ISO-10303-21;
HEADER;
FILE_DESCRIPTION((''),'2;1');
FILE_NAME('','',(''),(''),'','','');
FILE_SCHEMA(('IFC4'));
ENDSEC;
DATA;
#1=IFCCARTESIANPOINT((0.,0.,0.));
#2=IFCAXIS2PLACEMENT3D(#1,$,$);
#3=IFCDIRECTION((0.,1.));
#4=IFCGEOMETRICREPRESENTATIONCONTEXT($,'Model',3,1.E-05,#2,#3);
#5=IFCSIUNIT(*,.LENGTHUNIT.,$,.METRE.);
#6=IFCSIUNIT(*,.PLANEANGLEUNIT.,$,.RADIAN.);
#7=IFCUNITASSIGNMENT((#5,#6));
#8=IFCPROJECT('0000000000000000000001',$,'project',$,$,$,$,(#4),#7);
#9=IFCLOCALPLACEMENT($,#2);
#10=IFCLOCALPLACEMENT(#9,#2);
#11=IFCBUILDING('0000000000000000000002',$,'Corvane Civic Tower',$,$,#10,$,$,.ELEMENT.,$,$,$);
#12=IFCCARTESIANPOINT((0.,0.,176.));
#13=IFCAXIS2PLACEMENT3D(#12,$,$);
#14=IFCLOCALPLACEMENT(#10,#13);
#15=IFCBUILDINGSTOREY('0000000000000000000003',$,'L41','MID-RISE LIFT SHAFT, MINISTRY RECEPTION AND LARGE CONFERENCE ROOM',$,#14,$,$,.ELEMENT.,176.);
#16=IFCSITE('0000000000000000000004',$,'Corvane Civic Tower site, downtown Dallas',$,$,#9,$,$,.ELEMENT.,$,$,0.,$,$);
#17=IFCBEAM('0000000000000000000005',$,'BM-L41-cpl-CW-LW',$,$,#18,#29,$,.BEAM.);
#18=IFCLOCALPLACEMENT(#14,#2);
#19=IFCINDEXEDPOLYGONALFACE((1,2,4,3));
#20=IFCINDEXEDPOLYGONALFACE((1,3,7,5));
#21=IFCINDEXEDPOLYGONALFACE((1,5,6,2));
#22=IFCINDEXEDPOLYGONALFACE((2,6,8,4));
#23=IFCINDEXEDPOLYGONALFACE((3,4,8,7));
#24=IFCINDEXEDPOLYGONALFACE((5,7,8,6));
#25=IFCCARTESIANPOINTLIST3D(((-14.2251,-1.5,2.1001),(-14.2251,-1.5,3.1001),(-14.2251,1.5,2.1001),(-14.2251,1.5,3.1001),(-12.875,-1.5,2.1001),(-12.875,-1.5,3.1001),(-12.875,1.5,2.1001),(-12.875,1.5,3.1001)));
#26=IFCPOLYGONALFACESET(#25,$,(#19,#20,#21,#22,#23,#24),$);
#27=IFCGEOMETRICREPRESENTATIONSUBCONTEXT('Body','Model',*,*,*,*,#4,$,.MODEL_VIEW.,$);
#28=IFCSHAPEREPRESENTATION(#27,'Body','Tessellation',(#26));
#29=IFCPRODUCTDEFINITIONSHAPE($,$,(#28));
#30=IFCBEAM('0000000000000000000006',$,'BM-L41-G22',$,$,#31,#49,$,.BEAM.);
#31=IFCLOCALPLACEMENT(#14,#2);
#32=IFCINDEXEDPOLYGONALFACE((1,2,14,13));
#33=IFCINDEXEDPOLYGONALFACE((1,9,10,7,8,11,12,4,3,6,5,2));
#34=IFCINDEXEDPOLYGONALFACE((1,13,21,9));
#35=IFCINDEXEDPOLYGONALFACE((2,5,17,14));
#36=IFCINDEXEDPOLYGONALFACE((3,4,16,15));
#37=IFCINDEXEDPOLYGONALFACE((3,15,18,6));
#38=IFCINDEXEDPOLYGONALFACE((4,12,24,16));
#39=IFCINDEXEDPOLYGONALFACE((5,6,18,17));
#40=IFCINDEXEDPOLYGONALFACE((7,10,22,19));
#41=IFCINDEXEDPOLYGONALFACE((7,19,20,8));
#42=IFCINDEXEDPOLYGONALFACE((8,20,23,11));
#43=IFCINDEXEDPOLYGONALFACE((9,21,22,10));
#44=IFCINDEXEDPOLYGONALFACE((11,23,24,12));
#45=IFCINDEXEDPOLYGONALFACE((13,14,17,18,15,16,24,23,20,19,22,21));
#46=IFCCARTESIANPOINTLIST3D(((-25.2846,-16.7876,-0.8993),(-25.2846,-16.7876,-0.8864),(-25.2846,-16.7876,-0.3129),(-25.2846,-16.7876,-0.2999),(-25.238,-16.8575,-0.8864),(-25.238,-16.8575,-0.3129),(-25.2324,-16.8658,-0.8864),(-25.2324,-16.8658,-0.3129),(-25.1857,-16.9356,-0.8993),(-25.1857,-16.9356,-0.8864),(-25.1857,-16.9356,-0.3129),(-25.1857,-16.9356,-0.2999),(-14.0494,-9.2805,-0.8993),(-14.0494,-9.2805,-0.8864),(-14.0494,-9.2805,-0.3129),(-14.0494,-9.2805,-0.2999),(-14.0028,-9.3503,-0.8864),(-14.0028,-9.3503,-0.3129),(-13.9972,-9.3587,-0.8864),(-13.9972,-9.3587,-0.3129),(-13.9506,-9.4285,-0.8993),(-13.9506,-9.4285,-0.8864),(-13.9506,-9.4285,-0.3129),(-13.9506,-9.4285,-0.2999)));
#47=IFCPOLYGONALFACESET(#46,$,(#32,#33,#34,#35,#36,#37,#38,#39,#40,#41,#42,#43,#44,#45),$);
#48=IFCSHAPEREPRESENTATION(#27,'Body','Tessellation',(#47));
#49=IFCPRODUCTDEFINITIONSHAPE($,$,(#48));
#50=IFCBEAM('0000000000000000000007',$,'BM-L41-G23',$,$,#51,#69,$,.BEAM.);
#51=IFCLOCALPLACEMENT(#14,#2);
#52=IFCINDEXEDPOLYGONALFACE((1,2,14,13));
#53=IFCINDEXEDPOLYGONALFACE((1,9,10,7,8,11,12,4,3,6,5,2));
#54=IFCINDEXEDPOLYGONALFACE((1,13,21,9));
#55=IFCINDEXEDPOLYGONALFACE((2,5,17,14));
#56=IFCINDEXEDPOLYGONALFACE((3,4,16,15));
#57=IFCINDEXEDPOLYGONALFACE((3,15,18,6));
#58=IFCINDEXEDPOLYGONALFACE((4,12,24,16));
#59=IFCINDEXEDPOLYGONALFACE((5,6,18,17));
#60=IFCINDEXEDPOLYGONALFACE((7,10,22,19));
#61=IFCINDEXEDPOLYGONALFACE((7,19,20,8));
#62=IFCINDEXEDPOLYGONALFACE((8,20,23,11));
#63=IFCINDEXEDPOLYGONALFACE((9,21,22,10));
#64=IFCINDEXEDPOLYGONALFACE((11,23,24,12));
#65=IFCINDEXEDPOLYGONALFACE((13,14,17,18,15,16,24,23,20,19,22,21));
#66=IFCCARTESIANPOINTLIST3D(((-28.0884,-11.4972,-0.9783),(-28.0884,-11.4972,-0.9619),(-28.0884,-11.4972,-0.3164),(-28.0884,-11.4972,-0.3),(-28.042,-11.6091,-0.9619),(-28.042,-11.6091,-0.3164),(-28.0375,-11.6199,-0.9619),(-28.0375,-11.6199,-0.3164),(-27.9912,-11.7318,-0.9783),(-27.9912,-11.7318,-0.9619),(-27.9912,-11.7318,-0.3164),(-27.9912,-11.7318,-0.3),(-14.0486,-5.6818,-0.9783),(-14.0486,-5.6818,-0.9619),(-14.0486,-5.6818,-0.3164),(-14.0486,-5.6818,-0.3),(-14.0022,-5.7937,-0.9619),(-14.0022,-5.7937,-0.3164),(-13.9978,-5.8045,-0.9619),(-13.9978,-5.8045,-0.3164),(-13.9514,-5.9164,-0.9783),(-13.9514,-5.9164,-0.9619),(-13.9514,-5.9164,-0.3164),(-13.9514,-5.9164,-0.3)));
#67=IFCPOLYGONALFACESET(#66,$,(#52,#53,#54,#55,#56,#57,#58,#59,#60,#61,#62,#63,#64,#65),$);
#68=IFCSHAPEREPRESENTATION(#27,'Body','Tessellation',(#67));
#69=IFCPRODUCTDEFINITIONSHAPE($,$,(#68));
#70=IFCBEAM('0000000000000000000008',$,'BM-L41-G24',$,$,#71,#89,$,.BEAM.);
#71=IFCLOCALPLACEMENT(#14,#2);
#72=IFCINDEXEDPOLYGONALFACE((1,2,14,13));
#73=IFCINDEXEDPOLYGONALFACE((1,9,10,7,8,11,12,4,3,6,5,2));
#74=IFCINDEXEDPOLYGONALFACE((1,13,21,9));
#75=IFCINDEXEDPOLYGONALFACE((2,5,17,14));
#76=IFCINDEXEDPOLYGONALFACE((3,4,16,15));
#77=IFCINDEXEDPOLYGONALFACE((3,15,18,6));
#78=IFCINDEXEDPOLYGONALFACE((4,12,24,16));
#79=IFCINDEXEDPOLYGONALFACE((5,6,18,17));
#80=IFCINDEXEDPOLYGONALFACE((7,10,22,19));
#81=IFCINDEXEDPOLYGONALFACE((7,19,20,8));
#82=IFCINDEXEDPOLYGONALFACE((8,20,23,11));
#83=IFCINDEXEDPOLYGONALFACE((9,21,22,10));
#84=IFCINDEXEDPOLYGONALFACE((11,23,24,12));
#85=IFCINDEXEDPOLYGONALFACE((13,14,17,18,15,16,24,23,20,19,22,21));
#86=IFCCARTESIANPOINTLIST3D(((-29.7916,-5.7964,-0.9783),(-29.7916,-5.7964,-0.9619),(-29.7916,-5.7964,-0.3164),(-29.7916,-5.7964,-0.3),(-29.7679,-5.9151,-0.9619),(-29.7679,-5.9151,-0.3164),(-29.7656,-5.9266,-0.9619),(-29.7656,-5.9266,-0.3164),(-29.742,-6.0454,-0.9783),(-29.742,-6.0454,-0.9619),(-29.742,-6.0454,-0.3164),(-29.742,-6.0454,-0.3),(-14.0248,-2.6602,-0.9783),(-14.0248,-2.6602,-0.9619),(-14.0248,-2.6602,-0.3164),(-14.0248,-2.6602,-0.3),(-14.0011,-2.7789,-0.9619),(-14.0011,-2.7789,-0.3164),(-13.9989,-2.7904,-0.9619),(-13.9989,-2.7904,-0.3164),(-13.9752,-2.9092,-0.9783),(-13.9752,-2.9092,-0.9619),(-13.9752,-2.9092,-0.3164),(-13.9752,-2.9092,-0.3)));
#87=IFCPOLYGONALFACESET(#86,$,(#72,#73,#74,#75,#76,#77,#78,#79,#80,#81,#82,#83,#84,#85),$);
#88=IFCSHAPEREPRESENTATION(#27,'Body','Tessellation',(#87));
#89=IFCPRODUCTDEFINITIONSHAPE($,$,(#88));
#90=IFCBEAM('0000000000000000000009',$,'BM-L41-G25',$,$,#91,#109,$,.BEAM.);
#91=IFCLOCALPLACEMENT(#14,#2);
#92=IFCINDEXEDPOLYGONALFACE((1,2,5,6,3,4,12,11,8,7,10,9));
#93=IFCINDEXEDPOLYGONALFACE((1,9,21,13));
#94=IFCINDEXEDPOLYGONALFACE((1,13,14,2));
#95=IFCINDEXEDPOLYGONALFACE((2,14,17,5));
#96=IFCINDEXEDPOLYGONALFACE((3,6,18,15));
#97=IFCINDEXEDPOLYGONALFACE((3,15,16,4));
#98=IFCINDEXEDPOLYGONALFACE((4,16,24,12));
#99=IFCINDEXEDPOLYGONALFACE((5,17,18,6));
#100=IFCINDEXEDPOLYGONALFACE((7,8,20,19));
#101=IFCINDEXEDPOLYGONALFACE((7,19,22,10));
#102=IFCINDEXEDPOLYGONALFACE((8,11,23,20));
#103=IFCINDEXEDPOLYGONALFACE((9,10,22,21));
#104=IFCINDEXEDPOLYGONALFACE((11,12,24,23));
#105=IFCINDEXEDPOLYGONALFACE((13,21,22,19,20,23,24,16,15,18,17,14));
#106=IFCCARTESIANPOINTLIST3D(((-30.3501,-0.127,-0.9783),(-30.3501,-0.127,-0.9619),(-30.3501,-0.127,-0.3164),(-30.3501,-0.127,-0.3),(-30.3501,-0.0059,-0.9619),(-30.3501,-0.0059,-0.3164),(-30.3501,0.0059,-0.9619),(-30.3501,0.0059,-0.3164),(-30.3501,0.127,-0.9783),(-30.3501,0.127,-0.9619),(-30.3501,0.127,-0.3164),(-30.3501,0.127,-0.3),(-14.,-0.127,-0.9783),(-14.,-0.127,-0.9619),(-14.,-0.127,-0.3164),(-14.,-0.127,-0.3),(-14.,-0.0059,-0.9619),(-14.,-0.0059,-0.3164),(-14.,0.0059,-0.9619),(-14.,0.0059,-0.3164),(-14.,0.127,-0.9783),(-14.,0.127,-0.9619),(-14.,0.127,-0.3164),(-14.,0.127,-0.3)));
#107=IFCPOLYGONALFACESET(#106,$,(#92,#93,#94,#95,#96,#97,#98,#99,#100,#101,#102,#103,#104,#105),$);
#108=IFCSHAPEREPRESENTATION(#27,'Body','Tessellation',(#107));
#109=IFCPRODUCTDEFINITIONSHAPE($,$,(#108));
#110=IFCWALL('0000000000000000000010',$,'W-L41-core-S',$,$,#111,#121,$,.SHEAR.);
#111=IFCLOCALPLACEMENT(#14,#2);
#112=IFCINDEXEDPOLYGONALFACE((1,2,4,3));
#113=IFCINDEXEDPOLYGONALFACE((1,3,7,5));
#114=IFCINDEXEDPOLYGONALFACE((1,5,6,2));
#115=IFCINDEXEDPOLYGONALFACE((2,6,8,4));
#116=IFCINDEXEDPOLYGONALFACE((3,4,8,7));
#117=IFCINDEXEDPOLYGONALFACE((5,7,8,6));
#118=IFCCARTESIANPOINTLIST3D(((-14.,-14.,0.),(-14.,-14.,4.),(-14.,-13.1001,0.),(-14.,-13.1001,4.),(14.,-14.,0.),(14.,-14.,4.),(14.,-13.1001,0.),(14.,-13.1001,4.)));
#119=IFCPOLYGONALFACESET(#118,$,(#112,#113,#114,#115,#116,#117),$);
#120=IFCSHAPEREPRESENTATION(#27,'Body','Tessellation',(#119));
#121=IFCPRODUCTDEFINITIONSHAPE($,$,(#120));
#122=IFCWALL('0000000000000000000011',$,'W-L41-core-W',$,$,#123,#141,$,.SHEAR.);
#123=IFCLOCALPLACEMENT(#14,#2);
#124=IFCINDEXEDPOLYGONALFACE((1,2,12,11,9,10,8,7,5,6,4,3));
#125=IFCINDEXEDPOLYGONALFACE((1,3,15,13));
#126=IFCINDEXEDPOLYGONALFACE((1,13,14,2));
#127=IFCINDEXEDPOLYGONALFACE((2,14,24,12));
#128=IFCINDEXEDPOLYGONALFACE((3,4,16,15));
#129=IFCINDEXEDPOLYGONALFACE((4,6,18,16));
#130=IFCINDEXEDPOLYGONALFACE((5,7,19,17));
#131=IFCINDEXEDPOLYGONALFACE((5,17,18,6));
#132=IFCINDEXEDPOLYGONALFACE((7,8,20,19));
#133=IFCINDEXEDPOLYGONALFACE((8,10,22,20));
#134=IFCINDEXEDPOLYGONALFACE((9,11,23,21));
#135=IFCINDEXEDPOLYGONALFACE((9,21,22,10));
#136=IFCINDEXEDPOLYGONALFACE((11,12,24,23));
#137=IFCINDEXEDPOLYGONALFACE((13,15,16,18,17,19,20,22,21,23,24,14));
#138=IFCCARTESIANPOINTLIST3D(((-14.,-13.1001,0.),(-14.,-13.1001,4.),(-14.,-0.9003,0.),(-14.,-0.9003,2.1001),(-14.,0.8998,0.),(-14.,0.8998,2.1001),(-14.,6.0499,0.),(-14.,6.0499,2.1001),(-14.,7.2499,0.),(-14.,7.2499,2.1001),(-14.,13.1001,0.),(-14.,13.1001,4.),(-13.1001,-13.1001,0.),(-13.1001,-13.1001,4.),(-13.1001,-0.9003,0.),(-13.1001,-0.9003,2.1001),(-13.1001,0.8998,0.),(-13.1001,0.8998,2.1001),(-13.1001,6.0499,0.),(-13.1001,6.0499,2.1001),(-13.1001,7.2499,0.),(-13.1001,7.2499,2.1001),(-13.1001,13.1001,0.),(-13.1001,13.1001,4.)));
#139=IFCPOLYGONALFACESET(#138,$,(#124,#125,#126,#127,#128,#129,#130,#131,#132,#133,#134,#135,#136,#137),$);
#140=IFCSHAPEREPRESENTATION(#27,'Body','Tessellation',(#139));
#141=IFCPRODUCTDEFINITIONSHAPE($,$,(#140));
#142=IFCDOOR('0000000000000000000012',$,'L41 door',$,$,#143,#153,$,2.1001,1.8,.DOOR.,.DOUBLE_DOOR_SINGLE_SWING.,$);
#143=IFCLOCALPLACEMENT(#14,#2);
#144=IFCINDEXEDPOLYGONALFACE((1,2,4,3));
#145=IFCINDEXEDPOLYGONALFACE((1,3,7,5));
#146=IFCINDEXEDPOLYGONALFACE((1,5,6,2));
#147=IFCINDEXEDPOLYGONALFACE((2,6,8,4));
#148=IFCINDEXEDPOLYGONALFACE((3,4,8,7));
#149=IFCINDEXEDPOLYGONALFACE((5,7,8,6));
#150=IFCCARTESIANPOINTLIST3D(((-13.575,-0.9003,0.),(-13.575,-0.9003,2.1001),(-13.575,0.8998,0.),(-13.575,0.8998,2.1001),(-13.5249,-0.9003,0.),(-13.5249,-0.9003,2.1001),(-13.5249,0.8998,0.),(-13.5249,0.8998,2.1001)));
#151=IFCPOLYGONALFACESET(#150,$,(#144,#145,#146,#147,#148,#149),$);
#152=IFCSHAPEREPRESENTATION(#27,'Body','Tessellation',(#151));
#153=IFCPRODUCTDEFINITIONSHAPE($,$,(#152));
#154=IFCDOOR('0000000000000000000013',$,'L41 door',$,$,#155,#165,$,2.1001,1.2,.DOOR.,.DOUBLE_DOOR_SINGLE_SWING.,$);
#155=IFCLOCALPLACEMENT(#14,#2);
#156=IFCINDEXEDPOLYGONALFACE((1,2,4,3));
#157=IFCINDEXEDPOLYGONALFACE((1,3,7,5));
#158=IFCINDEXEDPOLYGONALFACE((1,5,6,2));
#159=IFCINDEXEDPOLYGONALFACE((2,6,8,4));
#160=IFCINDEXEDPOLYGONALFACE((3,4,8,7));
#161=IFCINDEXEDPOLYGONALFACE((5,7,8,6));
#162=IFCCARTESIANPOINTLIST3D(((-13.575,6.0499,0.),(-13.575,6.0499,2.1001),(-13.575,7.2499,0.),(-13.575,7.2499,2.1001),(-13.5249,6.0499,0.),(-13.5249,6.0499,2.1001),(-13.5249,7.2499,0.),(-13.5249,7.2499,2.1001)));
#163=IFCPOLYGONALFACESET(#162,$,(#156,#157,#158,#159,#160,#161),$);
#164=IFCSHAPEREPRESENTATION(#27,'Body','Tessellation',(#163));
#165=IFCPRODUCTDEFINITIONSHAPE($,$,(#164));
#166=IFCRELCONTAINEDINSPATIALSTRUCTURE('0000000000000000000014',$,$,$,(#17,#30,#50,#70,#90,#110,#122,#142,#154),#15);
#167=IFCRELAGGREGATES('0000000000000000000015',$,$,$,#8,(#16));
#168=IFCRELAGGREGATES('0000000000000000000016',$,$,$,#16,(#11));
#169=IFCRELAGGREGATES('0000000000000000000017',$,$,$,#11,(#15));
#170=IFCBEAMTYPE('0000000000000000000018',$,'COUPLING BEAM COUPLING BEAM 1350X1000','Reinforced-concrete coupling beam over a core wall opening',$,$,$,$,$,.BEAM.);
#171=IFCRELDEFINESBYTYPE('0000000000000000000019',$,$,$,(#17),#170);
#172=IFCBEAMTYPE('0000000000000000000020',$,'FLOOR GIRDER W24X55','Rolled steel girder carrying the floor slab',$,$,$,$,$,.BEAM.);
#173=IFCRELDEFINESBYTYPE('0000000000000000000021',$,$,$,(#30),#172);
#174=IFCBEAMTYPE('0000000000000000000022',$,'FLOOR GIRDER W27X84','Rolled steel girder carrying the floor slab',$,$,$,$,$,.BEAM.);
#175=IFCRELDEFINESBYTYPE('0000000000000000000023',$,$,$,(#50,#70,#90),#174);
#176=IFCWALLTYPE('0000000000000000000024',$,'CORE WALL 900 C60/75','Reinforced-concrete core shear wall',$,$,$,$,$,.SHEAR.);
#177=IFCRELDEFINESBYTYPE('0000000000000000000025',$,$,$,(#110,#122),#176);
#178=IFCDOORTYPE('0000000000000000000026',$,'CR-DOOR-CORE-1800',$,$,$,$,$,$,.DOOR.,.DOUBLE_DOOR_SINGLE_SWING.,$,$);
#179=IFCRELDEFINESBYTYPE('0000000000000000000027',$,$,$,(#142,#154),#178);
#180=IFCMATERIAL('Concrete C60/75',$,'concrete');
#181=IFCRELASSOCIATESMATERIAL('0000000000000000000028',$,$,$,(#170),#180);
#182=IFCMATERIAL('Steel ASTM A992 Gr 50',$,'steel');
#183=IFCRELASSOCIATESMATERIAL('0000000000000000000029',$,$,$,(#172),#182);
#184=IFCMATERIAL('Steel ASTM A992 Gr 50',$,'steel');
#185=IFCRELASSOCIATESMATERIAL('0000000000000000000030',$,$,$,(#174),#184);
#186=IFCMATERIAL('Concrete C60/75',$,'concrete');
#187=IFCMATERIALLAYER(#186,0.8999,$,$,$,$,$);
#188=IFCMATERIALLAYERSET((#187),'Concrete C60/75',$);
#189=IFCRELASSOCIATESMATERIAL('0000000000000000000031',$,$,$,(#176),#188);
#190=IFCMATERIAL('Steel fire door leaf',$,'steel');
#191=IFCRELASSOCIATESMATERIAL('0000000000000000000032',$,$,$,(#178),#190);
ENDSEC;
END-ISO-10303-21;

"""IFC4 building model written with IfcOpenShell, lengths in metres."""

from ifc_helpers import new_model, si_unit, direction, frame, frame_2d, origin, origin_2d, place, context, subcontext, project, spatial, rectangle, i_section, extrude, material, layer, layer_set, material_profile, profile_set, type_object, element, fill, save


model = new_model("IFC4")

# Units and contexts
model_context = context("Model", 3, precision=1e-05, world=origin(), true_north=direction((0.0, 1.0)))
body_context = subcontext(model_context, "Body", "Model", "MODEL_VIEW")
ifc_project = project(units=[si_unit("LENGTHUNIT", "METRE"), si_unit("PLANEANGLEUNIT", "RADIAN")], contexts=[model_context])

# Site, building, storey
site_placement = place(None, origin())
site = spatial("IfcSite", under=ifc_project, at=site_placement, Name="Corvane Civic Tower site, downtown Dallas", CompositionType="ELEMENT", RefElevation=0.0)
building_placement = place(site_placement, origin())
building = spatial("IfcBuilding", under=site, at=building_placement, Name="Corvane Civic Tower", CompositionType="ELEMENT")
storey_placement = place(building_placement, frame((0.0, 0.0, 176.0)))
storey = spatial("IfcBuildingStorey", under=building, at=storey_placement, Name="L41", Description="MID-RISE LIFT SHAFT, MINISTRY RECEPTION AND LARGE CONFERENCE ROOM", CompositionType="ELEMENT", Elevation=176.0)

# Beams
ifc_material_1 = material(Name="Concrete C60/75", Category="concrete")
ifc_material_profile_1 = material_profile(ifc_material_1, rectangle(XDim=1.3501, YDim=1.0, at=origin_2d()), Name="COUPLING BEAM 1350X1000")
ifc_profile_set_1 = profile_set([ifc_material_profile_1], Name="Concrete C60/75")
beam_type_1 = type_object("IfcBeamType", Name="COUPLING BEAM COUPLING BEAM 1350X1000", Description="Reinforced-concrete coupling beam over a core wall opening", PredefinedType="BEAM", material=ifc_profile_set_1)
beam_1_placement = place(storey_placement, frame((-13.55, -1.5, 2.6001), z_axis=(0.0, 1.0, 0.0), x_axis=(-1.0, 0.0, 0.0)))
element("IfcBeam", 1, at=beam_1_placement, inside=storey, type_object=beam_type_1, Name="BM-L41-cpl-CW-LW", PredefinedType="BEAM", context=body_context, shape_type="SweptSolid", body=[
    extrude(rectangle(XDim=1.3501, YDim=1.0, at=origin_2d()), origin(), (0.0, 0.0, 1.0), 3.0),
])
ifc_material_2 = material(Name="Steel ASTM A992 Gr 50", Category="steel")
ifc_material_profile_2 = material_profile(ifc_material_2, i_section(OverallWidth=0.178, OverallDepth=0.5994, WebThickness=0.01, FlangeThickness=0.0129, at=origin_2d()), Name="W24X55")
ifc_profile_set_2 = profile_set([ifc_material_profile_2], Name="Steel ASTM A992 Gr 50")
beam_type_2 = type_object("IfcBeamType", Name="FLOOR GIRDER W24X55", Description="Rolled steel girder carrying the floor slab", PredefinedType="BEAM", material=ifc_profile_set_2)
beam_2_placement = place(storey_placement, frame((-14.0, -9.3545, -0.5996), z_axis=(-0.831469, -0.555571, 0.0), x_axis=(0.555571, -0.831469, 0.0)))
element("IfcBeam", 2, at=beam_2_placement, inside=storey, type_object=beam_type_2, Name="BM-L41-G22", PredefinedType="BEAM", context=body_context, shape_type="SweptSolid", body=[
    extrude(i_section(OverallWidth=0.178, OverallDepth=0.5994, WebThickness=0.01, FlangeThickness=0.0129, at=origin_2d()), origin(), (0.0, 0.0, 1.0), 13.5125),
])
ifc_material_3 = material(Name="Steel ASTM A992 Gr 50", Category="steel")
ifc_material_profile_3 = material_profile(ifc_material_3, i_section(OverallWidth=0.2539, OverallDepth=0.6782, WebThickness=0.0117, FlangeThickness=0.0164, at=origin_2d()), Name="W27X84")
ifc_profile_set_3 = profile_set([ifc_material_profile_3], Name="Steel ASTM A992 Gr 50")
beam_type_3 = type_object("IfcBeamType", Name="FLOOR GIRDER W27X84", Description="Rolled steel girder carrying the floor slab", PredefinedType="BEAM", material=ifc_profile_set_3)
beam_3_placement = place(storey_placement, frame((-14.0, -5.7991, -0.6392), z_axis=(-0.923881, -0.382681, 0.0), x_axis=(0.382681, -0.923881, 0.0)))
element("IfcBeam", 3, at=beam_3_placement, inside=storey, type_object=beam_type_3, Name="BM-L41-G23", PredefinedType="BEAM", context=body_context, shape_type="SweptSolid", body=[
    extrude(i_section(OverallWidth=0.2539, OverallDepth=0.6782, WebThickness=0.0117, FlangeThickness=0.0164, at=origin_2d()), origin(), (0.0, 0.0, 1.0), 15.1965),
])
beam_4_placement = place(storey_placement, frame((-14.0, -2.7847, -0.6392), z_axis=(-0.980785, -0.195091, 0.0), x_axis=(0.195091, -0.980785, 0.0)))
element("IfcBeam", 4, at=beam_4_placement, inside=storey, type_object=beam_type_3, Name="BM-L41-G24", PredefinedType="BEAM", context=body_context, shape_type="SweptSolid", body=[
    extrude(i_section(OverallWidth=0.2539, OverallDepth=0.6782, WebThickness=0.0117, FlangeThickness=0.0164, at=origin_2d()), origin(), (0.0, 0.0, 1.0), 16.0757),
])
beam_5_placement = place(storey_placement, frame((-14.0, 0.0, -0.6392), z_axis=(-1.0, 0.0, 0.0), x_axis=(0.0, -1.0, 0.0)))
element("IfcBeam", 5, at=beam_5_placement, inside=storey, type_object=beam_type_3, Name="BM-L41-G25", PredefinedType="BEAM", context=body_context, shape_type="SweptSolid", body=[
    extrude(i_section(OverallWidth=0.2539, OverallDepth=0.6782, WebThickness=0.0117, FlangeThickness=0.0164, at=origin_2d()), origin(), (0.0, 0.0, 1.0), 16.3501),
])

# Wall
ifc_material_4 = material(Name="Concrete C60/75", Category="concrete")
ifc_layer_1 = layer(ifc_material_4, 0.8999)
ifc_layer_set_1 = layer_set([ifc_layer_1], Name="Concrete C60/75")
wall_type_1 = type_object("IfcWallType", Name="CORE WALL 900 C60/75", Description="Reinforced-concrete core shear wall", PredefinedType="SHEAR", material=ifc_layer_set_1)
wall_1_placement = place(storey_placement, frame((-14.0, -13.55, 0.0), z_axis=(0.0, 0.0, 1.0), x_axis=(1.0, 0.0, 0.0)))
element("IfcWall", 6, at=wall_1_placement, inside=storey, type_object=wall_type_1, Name="W-L41-core-S", PredefinedType="SHEAR", context=body_context, shape_type="SweptSolid", body=[
    extrude(rectangle(XDim=28.0, YDim=0.8999, at=frame_2d((14.0, 0.0))), origin(), (0.0, 0.0, 1.0), 4.0),
])

# Wall, openings, doors
wall_2_placement = place(storey_placement, frame((-13.55, -13.1001, 0.0), z_axis=(0.0, 0.0, 1.0), x_axis=(0.0, 1.0, 0.0)))
wall_2 = element("IfcWall", 7, at=wall_2_placement, inside=storey, type_object=wall_type_1, Name="W-L41-core-W", PredefinedType="SHEAR", context=body_context, shape_type="SweptSolid", body=[
    extrude(rectangle(XDim=26.2002, YDim=0.8999, at=frame_2d((13.1001, 0.0))), origin(), (0.0, 0.0, 1.0), 4.0),
])
opening_1_placement = place(wall_2_placement, frame((12.2, 0.0, 0.0)))
opening_1 = element("IfcOpeningElement", 8, at=opening_1_placement, cuts=wall_2, PredefinedType="OPENING", context=body_context, shape_type="SweptSolid", body=[
    extrude(rectangle(XDim=1.8, YDim=2.1001, at=frame_2d((0.8999, 1.05))), frame((0.0, 0.46, 0.0), z_axis=(0.0, -1.0, 0.0), x_axis=(1.0, 0.0, 0.0)), (0.0, 0.0, 1.0), 0.9199),
])
opening_2_placement = place(wall_2_placement, frame((19.1499, 0.0, 0.0)))
opening_2 = element("IfcOpeningElement", 9, at=opening_2_placement, cuts=wall_2, PredefinedType="OPENING", context=body_context, shape_type="SweptSolid", body=[
    extrude(rectangle(XDim=1.2, YDim=2.1001, at=frame_2d((0.6001, 1.05))), frame((0.0, 0.46, 0.0), z_axis=(0.0, -1.0, 0.0), x_axis=(1.0, 0.0, 0.0)), (0.0, 0.0, 1.0), 0.9199),
])
ifc_material_5 = material(Name="Steel fire door leaf", Category="steel")
door_type_1 = type_object("IfcDoorType", Name="CR-DOOR-CORE-1800", OperationType="DOUBLE_DOOR_SINGLE_SWING", PredefinedType="DOOR", material=ifc_material_5)
door_1_placement = place(opening_1_placement, origin())
door_1 = element("IfcDoor", 10, at=door_1_placement, inside=storey, type_object=door_type_1, Name="L41 door", OperationType="DOUBLE_DOOR_SINGLE_SWING", OverallHeight=2.1001, OverallWidth=1.8, PredefinedType="DOOR", context=body_context, shape_type="SweptSolid", body=[
    extrude(rectangle(XDim=1.8, YDim=2.1001, at=frame_2d((0.8999, 1.05))), frame((0.0, 0.0249, 0.0), z_axis=(0.0, -1.0, 0.0), x_axis=(1.0, 0.0, 0.0)), (0.0, 0.0, 1.0), 0.05),
])
fill(opening_1, door_1)
door_2_placement = place(opening_2_placement, origin())
door_2 = element("IfcDoor", 11, at=door_2_placement, inside=storey, type_object=door_type_1, Name="L41 door", OperationType="DOUBLE_DOOR_SINGLE_SWING", OverallHeight=2.1001, OverallWidth=1.2, PredefinedType="DOOR", context=body_context, shape_type="SweptSolid", body=[
    extrude(rectangle(XDim=1.2, YDim=2.1001, at=frame_2d((0.6001, 1.05))), frame((0.0, 0.0249, 0.0), z_axis=(0.0, -1.0, 0.0), x_axis=(1.0, 0.0, 0.0)), (0.0, 0.0, 1.0), 0.05),
])
fill(opening_2, door_2)

save(model, "model.ifc")
